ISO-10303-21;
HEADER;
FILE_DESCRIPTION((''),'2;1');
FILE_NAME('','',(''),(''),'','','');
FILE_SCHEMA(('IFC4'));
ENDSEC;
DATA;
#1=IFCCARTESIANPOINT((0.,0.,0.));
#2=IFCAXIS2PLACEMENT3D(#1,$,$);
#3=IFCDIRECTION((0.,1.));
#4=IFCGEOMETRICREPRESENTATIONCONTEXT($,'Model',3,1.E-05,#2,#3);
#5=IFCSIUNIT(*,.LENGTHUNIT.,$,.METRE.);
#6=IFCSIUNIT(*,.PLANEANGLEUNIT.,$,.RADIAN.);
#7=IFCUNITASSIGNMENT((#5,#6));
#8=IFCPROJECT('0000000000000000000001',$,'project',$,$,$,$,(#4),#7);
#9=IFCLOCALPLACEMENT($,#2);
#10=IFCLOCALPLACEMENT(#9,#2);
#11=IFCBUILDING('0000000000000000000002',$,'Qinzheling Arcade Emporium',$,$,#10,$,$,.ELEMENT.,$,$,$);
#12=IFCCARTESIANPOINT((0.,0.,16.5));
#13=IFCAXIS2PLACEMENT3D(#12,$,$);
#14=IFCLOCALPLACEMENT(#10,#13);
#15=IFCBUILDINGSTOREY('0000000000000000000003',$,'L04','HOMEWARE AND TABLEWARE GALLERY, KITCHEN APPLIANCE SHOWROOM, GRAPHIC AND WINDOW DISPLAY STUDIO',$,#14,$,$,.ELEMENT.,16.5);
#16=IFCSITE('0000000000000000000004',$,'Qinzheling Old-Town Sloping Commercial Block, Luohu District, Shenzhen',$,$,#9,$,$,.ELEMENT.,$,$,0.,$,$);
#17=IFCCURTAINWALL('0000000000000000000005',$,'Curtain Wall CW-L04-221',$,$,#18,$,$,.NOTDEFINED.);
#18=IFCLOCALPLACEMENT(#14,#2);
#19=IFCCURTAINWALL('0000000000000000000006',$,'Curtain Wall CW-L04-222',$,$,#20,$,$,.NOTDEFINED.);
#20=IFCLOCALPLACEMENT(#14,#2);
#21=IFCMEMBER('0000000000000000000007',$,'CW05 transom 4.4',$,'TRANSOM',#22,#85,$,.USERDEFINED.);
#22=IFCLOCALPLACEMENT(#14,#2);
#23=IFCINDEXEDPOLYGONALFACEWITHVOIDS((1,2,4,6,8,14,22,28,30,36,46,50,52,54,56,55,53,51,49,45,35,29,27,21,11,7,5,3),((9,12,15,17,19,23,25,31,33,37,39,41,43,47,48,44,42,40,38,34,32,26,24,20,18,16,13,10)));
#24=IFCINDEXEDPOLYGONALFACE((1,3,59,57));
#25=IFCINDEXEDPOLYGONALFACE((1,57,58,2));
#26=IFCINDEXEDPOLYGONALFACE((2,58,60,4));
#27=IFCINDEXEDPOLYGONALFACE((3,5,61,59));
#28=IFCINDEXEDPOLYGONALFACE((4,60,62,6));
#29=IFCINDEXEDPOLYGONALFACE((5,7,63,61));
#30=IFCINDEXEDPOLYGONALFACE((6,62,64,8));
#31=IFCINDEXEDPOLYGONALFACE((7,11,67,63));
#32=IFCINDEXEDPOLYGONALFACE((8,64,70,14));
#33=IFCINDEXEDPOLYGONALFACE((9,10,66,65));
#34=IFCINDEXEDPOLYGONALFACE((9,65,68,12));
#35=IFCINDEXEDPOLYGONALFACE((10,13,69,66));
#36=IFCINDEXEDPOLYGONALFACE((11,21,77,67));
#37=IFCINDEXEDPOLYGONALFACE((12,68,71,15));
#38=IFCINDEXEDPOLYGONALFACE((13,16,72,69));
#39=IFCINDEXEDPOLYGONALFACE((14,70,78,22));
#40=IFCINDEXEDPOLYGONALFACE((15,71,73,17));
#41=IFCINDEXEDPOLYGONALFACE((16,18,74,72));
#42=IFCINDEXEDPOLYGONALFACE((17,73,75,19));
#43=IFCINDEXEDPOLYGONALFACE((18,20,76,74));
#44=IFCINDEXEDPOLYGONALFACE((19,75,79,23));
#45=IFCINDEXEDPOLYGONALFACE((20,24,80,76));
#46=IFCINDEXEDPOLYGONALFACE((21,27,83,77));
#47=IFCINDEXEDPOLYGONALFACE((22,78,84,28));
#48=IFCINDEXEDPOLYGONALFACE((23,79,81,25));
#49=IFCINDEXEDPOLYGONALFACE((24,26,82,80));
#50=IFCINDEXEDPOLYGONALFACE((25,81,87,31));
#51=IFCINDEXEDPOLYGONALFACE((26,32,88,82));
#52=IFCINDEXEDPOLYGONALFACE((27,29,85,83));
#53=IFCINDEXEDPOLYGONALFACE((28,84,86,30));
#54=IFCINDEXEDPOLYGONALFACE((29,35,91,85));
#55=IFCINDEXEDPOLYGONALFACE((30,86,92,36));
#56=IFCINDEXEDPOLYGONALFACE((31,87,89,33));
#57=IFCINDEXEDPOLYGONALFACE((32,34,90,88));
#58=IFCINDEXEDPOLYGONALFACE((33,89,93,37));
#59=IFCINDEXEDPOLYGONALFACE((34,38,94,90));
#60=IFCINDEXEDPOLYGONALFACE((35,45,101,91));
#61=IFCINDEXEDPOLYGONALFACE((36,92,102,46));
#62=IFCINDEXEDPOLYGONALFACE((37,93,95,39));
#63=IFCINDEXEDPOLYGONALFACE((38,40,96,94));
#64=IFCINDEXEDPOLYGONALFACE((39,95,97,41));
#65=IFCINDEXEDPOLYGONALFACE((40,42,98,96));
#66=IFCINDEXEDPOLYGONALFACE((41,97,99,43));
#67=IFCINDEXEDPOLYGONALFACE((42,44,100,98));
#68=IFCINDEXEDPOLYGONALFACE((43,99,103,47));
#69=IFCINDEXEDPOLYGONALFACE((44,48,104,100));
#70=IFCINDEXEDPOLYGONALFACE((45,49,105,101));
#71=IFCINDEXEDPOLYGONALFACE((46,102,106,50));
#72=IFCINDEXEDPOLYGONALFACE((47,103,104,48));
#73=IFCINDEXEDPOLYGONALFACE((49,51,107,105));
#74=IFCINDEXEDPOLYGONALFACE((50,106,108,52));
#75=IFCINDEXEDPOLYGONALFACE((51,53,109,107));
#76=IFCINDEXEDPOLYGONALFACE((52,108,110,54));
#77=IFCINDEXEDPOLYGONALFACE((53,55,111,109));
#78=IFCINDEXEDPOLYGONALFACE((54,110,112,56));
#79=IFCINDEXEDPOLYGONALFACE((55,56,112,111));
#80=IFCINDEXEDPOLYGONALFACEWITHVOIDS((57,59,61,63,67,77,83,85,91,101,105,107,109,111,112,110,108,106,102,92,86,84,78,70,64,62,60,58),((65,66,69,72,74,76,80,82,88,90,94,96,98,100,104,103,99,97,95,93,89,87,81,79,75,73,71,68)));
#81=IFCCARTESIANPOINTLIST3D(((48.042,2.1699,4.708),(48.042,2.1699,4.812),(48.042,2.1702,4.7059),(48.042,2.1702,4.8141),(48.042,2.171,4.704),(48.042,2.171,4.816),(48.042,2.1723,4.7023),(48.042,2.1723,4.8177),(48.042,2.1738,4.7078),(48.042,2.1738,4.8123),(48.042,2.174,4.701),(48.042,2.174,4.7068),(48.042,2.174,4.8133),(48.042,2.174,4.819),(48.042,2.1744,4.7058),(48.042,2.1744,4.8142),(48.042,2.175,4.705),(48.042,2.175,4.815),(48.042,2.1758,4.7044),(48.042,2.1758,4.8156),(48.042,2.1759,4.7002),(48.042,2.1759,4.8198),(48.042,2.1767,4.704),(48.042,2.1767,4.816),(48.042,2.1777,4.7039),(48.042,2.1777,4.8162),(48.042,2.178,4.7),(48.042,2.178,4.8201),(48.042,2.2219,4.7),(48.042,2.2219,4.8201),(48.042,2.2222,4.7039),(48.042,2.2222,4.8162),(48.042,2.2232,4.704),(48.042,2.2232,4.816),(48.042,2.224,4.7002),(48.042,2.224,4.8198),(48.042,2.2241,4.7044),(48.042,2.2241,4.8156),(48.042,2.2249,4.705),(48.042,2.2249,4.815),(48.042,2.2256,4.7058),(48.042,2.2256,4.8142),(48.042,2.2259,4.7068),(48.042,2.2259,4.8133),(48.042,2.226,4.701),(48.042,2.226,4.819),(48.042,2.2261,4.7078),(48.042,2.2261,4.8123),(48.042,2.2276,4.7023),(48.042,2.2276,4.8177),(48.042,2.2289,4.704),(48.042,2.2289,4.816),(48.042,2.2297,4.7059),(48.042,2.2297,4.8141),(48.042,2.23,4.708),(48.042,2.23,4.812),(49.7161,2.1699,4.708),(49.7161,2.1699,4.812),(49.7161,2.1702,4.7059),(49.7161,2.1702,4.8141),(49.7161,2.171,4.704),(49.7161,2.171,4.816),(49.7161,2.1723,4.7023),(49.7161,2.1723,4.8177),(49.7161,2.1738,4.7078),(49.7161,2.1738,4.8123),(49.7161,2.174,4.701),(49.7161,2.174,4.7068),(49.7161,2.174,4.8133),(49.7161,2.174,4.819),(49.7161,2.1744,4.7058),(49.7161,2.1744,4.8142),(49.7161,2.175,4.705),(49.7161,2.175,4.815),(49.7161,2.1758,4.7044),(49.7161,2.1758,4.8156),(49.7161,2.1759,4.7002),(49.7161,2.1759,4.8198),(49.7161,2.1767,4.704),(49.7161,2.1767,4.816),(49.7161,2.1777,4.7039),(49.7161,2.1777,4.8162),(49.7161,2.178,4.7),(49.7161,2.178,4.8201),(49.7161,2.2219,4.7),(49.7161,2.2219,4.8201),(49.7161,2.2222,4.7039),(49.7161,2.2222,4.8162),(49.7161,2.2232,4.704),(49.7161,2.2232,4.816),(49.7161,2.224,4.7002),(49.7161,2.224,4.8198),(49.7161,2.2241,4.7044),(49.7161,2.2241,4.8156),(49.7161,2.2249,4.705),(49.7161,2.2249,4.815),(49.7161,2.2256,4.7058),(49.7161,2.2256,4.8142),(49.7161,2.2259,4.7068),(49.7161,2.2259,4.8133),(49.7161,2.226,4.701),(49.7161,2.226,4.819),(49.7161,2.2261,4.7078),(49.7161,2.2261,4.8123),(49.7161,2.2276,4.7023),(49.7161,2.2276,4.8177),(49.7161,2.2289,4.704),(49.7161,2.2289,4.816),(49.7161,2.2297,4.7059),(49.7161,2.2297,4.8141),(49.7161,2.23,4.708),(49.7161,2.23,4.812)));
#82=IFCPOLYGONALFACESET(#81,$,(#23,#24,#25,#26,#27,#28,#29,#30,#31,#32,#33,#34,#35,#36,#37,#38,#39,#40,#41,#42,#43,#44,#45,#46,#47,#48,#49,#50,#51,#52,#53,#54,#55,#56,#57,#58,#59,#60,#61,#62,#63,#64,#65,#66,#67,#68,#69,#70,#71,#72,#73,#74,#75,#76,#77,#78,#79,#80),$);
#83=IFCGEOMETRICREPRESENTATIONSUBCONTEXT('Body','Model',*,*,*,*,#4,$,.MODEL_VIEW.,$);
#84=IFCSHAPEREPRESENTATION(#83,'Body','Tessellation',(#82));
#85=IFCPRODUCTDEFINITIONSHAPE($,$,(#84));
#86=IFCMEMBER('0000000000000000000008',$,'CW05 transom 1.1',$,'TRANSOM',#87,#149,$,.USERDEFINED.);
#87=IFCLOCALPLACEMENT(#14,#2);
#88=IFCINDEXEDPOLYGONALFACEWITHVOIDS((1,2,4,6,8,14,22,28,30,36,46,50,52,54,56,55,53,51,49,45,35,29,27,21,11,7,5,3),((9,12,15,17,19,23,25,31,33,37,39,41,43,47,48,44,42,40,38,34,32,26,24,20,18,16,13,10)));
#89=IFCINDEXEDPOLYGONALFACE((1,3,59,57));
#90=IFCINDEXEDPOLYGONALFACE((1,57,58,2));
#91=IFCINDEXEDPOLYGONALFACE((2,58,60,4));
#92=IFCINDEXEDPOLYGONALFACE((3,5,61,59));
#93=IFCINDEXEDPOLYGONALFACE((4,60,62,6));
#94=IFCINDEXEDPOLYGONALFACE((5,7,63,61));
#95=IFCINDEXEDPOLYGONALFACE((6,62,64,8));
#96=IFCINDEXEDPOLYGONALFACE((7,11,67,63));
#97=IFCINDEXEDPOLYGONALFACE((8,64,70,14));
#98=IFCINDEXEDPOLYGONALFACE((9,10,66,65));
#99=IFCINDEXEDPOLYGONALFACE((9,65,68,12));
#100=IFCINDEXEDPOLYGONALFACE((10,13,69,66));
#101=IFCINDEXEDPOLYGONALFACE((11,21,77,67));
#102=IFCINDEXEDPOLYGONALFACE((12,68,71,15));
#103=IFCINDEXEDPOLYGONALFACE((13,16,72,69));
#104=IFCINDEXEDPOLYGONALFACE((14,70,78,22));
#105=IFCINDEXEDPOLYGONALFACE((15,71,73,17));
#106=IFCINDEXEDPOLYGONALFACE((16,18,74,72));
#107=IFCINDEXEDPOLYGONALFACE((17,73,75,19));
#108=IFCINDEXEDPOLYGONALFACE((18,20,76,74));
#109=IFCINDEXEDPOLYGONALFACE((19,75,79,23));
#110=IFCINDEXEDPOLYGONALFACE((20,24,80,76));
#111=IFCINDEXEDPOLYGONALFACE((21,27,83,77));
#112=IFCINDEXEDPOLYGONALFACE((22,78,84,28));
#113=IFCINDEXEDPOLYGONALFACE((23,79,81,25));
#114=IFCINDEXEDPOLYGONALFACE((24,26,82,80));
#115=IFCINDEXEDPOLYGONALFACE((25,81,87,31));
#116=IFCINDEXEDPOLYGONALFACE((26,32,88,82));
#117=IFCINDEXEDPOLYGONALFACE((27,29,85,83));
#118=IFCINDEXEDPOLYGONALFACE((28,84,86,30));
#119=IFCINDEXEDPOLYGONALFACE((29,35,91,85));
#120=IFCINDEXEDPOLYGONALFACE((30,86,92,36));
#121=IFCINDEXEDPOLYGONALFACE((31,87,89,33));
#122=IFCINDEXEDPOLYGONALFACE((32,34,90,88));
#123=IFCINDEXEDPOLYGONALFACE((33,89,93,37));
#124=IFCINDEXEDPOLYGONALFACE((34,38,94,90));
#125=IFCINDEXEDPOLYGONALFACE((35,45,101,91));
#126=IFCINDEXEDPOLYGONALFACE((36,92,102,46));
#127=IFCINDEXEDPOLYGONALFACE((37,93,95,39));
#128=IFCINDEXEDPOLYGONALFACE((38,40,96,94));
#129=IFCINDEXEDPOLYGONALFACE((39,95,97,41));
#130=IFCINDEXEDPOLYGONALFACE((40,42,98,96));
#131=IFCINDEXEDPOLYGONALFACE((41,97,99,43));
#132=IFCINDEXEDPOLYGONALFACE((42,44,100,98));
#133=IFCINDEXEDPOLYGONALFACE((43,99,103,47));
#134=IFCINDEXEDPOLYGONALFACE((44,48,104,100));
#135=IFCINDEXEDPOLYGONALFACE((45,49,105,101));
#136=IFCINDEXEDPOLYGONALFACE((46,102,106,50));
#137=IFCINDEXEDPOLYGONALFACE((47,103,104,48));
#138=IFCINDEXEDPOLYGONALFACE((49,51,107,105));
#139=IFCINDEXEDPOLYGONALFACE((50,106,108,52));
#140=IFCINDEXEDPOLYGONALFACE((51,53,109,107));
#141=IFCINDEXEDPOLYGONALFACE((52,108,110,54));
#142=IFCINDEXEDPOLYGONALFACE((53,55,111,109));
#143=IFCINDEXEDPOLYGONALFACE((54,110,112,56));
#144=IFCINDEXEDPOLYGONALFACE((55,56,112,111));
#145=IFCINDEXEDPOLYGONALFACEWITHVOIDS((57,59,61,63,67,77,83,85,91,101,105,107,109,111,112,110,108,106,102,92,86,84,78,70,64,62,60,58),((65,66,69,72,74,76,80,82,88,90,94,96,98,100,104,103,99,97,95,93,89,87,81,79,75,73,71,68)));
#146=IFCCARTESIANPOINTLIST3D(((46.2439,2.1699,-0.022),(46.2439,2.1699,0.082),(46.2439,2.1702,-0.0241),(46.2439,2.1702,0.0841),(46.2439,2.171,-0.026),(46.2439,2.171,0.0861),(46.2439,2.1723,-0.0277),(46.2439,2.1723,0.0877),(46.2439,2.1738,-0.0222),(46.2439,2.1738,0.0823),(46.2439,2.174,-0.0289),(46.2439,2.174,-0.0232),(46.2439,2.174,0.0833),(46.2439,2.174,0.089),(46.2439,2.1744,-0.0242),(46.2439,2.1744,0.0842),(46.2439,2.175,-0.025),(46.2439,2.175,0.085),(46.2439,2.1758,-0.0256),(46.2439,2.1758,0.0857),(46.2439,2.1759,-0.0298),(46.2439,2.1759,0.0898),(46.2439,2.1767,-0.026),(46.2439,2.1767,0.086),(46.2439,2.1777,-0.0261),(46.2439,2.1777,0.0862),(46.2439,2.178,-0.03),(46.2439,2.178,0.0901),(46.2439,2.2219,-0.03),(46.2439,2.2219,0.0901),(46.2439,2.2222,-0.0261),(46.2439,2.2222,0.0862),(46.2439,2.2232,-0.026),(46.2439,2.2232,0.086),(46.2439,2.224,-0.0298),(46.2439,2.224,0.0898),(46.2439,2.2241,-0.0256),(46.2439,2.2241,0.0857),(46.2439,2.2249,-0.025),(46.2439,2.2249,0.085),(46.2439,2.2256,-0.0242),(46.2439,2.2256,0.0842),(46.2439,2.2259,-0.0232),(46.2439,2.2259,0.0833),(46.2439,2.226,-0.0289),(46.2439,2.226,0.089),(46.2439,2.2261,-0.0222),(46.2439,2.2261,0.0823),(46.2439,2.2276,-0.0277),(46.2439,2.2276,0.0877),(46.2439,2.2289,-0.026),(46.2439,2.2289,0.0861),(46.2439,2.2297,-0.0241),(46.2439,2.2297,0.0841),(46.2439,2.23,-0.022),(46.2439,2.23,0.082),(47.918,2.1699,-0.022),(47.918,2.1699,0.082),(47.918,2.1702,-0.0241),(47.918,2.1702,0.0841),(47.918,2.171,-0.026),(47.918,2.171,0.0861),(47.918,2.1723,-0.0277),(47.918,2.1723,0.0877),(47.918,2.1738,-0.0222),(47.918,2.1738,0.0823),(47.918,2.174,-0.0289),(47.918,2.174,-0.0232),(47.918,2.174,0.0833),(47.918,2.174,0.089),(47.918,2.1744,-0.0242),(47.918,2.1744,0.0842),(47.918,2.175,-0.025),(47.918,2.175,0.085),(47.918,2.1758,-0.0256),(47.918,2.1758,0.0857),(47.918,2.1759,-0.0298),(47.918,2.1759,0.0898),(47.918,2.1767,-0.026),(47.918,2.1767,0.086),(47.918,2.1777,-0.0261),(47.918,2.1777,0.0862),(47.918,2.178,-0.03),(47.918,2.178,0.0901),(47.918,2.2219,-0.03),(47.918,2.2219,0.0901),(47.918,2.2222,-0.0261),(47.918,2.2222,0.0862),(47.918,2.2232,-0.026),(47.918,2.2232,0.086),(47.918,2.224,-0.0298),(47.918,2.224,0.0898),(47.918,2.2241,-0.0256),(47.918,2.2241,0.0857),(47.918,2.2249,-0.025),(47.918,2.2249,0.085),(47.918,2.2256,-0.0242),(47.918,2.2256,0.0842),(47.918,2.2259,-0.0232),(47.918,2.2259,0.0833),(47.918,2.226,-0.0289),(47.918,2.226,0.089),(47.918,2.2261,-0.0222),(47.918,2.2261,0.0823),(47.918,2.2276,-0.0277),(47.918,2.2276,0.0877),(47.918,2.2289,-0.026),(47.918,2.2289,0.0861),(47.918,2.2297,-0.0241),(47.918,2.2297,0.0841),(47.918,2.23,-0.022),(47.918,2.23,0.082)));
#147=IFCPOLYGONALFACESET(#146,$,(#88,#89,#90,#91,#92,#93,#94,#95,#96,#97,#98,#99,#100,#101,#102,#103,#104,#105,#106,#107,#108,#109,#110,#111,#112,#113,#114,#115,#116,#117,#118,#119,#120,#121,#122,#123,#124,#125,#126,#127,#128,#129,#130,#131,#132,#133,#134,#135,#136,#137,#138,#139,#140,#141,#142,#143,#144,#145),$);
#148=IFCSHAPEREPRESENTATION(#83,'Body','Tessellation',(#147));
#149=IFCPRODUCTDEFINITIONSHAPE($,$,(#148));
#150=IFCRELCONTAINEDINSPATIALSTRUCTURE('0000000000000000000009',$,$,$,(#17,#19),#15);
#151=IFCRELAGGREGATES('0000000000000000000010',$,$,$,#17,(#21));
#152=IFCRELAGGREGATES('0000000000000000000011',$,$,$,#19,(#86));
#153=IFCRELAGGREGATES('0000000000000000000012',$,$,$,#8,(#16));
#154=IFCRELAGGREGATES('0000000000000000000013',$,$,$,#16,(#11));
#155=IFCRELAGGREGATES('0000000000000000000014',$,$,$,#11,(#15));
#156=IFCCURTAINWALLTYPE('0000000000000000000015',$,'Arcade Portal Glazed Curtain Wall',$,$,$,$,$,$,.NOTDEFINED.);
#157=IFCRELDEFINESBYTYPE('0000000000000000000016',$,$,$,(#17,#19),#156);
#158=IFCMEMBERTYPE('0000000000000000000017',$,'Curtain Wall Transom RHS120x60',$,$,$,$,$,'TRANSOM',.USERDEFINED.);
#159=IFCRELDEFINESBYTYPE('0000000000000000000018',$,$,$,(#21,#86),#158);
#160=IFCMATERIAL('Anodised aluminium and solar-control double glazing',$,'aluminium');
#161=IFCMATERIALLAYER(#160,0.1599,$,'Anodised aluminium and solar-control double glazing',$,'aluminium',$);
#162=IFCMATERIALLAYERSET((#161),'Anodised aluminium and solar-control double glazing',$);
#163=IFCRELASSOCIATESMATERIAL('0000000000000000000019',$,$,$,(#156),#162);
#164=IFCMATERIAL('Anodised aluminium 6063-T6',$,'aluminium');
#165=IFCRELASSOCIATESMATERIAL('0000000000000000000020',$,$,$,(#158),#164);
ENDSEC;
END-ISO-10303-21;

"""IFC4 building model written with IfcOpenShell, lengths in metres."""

from ifc_helpers import new_model, si_unit, direction, frame, origin, origin_2d, place, context, subcontext, project, spatial, hollow_rectangle, extrude, material, layer, layer_set, material_profile, profile_set, type_object, element, aggregate, save


model = new_model("IFC4")

# Units and contexts
model_context = context("Model", 3, precision=1e-05, world=origin(), true_north=direction((0.0, 1.0)))
body_context = subcontext(model_context, "Body", "Model", "MODEL_VIEW")
ifc_project = project(units=[si_unit("LENGTHUNIT", "METRE"), si_unit("PLANEANGLEUNIT", "RADIAN")], contexts=[model_context])

# Site, building, storey
site_placement = place(None, origin())
site = spatial("IfcSite", under=ifc_project, at=site_placement, Name="Qinzheling Old-Town Sloping Commercial Block, Luohu District, Shenzhen", CompositionType="ELEMENT", RefElevation=0.0)
building_placement = place(site_placement, origin())
building = spatial("IfcBuilding", under=site, at=building_placement, Name="Qinzheling Arcade Emporium", CompositionType="ELEMENT")
storey_placement = place(building_placement, frame((0.0, 0.0, 16.5)))
storey = spatial("IfcBuildingStorey", under=building, at=storey_placement, Name="L04", Description="HOMEWARE AND TABLEWARE GALLERY, KITCHEN APPLIANCE SHOWROOM, GRAPHIC AND WINDOW DISPLAY STUDIO", CompositionType="ELEMENT", Elevation=16.5)

# Curtain walls
ifc_material_1 = material(Name="Anodised aluminium and solar-control double glazing", Category="aluminium")
ifc_layer_1 = layer(ifc_material_1, 0.1599, Name="Anodised aluminium and solar-control double glazing", Category="aluminium")
ifc_layer_set_1 = layer_set([ifc_layer_1], Name="Anodised aluminium and solar-control double glazing")
curtain_wall_type_1 = type_object("IfcCurtainWallType", Name="Arcade Portal Glazed Curtain Wall", PredefinedType="NOTDEFINED", material=ifc_layer_set_1)
curtain_wall_1_placement = place(storey_placement, origin())
curtain_wall_1 = element("IfcCurtainWall", 1, at=curtain_wall_1_placement, inside=storey, type_object=curtain_wall_type_1, Name="Curtain Wall CW-L04-221", PredefinedType="NOTDEFINED")
ifc_material_2 = material(Name="Anodised aluminium 6063-T6", Category="aluminium")
curtain_wall_2_placement = place(storey_placement, origin())
curtain_wall_2 = element("IfcCurtainWall", 2, at=curtain_wall_2_placement, inside=storey, type_object=curtain_wall_type_1, Name="Curtain Wall CW-L04-222", PredefinedType="NOTDEFINED")

# Members
ifc_material_profile_1 = material_profile(ifc_material_2, hollow_rectangle(XDim=0.0601, YDim=0.1201, WallThickness=0.0039, InnerFilletRadius=0.0039, OuterFilletRadius=0.0081, at=origin_2d()), Name="RHS 120x60x4", Category="aluminium")
ifc_profile_set_1 = profile_set([ifc_material_profile_1], Name="Anodised aluminium 6063-T6")
member_type_1 = type_object("IfcMemberType", Name="Curtain Wall Transom RHS120x60", ElementType="TRANSOM", PredefinedType="USERDEFINED", material=ifc_profile_set_1)
member_1_placement = place(storey_placement, frame((49.7161, 2.2, 4.76), z_axis=(-1.0, 0.0, 0.0), x_axis=(0.0, -1.0, 0.0)))
member_1 = element("IfcMember", 3, at=member_1_placement, type_object=member_type_1, Name="CW05 transom 4.4", ObjectType="TRANSOM", PredefinedType="USERDEFINED", context=body_context, shape_type="SweptSolid", body=[
    extrude(hollow_rectangle(XDim=0.0601, YDim=0.1201, WallThickness=0.0039, InnerFilletRadius=0.0039, OuterFilletRadius=0.0081, at=origin_2d()), origin(), (0.0, 0.0, 1.0), 1.6741),
])
member_2_placement = place(storey_placement, frame((47.918, 2.2, 0.03), z_axis=(-1.0, 0.0, 0.0), x_axis=(0.0, -1.0, 0.0)))
member_2 = element("IfcMember", 4, at=member_2_placement, type_object=member_type_1, Name="CW05 transom 1.1", ObjectType="TRANSOM", PredefinedType="USERDEFINED", context=body_context, shape_type="SweptSolid", body=[
    extrude(hollow_rectangle(XDim=0.0601, YDim=0.1201, WallThickness=0.0039, InnerFilletRadius=0.0039, OuterFilletRadius=0.0081, at=origin_2d()), origin(), (0.0, 0.0, 1.0), 1.6741),
])

aggregate(curtain_wall_1, [member_1])
aggregate(curtain_wall_2, [member_2])

save(model, "model.ifc")
